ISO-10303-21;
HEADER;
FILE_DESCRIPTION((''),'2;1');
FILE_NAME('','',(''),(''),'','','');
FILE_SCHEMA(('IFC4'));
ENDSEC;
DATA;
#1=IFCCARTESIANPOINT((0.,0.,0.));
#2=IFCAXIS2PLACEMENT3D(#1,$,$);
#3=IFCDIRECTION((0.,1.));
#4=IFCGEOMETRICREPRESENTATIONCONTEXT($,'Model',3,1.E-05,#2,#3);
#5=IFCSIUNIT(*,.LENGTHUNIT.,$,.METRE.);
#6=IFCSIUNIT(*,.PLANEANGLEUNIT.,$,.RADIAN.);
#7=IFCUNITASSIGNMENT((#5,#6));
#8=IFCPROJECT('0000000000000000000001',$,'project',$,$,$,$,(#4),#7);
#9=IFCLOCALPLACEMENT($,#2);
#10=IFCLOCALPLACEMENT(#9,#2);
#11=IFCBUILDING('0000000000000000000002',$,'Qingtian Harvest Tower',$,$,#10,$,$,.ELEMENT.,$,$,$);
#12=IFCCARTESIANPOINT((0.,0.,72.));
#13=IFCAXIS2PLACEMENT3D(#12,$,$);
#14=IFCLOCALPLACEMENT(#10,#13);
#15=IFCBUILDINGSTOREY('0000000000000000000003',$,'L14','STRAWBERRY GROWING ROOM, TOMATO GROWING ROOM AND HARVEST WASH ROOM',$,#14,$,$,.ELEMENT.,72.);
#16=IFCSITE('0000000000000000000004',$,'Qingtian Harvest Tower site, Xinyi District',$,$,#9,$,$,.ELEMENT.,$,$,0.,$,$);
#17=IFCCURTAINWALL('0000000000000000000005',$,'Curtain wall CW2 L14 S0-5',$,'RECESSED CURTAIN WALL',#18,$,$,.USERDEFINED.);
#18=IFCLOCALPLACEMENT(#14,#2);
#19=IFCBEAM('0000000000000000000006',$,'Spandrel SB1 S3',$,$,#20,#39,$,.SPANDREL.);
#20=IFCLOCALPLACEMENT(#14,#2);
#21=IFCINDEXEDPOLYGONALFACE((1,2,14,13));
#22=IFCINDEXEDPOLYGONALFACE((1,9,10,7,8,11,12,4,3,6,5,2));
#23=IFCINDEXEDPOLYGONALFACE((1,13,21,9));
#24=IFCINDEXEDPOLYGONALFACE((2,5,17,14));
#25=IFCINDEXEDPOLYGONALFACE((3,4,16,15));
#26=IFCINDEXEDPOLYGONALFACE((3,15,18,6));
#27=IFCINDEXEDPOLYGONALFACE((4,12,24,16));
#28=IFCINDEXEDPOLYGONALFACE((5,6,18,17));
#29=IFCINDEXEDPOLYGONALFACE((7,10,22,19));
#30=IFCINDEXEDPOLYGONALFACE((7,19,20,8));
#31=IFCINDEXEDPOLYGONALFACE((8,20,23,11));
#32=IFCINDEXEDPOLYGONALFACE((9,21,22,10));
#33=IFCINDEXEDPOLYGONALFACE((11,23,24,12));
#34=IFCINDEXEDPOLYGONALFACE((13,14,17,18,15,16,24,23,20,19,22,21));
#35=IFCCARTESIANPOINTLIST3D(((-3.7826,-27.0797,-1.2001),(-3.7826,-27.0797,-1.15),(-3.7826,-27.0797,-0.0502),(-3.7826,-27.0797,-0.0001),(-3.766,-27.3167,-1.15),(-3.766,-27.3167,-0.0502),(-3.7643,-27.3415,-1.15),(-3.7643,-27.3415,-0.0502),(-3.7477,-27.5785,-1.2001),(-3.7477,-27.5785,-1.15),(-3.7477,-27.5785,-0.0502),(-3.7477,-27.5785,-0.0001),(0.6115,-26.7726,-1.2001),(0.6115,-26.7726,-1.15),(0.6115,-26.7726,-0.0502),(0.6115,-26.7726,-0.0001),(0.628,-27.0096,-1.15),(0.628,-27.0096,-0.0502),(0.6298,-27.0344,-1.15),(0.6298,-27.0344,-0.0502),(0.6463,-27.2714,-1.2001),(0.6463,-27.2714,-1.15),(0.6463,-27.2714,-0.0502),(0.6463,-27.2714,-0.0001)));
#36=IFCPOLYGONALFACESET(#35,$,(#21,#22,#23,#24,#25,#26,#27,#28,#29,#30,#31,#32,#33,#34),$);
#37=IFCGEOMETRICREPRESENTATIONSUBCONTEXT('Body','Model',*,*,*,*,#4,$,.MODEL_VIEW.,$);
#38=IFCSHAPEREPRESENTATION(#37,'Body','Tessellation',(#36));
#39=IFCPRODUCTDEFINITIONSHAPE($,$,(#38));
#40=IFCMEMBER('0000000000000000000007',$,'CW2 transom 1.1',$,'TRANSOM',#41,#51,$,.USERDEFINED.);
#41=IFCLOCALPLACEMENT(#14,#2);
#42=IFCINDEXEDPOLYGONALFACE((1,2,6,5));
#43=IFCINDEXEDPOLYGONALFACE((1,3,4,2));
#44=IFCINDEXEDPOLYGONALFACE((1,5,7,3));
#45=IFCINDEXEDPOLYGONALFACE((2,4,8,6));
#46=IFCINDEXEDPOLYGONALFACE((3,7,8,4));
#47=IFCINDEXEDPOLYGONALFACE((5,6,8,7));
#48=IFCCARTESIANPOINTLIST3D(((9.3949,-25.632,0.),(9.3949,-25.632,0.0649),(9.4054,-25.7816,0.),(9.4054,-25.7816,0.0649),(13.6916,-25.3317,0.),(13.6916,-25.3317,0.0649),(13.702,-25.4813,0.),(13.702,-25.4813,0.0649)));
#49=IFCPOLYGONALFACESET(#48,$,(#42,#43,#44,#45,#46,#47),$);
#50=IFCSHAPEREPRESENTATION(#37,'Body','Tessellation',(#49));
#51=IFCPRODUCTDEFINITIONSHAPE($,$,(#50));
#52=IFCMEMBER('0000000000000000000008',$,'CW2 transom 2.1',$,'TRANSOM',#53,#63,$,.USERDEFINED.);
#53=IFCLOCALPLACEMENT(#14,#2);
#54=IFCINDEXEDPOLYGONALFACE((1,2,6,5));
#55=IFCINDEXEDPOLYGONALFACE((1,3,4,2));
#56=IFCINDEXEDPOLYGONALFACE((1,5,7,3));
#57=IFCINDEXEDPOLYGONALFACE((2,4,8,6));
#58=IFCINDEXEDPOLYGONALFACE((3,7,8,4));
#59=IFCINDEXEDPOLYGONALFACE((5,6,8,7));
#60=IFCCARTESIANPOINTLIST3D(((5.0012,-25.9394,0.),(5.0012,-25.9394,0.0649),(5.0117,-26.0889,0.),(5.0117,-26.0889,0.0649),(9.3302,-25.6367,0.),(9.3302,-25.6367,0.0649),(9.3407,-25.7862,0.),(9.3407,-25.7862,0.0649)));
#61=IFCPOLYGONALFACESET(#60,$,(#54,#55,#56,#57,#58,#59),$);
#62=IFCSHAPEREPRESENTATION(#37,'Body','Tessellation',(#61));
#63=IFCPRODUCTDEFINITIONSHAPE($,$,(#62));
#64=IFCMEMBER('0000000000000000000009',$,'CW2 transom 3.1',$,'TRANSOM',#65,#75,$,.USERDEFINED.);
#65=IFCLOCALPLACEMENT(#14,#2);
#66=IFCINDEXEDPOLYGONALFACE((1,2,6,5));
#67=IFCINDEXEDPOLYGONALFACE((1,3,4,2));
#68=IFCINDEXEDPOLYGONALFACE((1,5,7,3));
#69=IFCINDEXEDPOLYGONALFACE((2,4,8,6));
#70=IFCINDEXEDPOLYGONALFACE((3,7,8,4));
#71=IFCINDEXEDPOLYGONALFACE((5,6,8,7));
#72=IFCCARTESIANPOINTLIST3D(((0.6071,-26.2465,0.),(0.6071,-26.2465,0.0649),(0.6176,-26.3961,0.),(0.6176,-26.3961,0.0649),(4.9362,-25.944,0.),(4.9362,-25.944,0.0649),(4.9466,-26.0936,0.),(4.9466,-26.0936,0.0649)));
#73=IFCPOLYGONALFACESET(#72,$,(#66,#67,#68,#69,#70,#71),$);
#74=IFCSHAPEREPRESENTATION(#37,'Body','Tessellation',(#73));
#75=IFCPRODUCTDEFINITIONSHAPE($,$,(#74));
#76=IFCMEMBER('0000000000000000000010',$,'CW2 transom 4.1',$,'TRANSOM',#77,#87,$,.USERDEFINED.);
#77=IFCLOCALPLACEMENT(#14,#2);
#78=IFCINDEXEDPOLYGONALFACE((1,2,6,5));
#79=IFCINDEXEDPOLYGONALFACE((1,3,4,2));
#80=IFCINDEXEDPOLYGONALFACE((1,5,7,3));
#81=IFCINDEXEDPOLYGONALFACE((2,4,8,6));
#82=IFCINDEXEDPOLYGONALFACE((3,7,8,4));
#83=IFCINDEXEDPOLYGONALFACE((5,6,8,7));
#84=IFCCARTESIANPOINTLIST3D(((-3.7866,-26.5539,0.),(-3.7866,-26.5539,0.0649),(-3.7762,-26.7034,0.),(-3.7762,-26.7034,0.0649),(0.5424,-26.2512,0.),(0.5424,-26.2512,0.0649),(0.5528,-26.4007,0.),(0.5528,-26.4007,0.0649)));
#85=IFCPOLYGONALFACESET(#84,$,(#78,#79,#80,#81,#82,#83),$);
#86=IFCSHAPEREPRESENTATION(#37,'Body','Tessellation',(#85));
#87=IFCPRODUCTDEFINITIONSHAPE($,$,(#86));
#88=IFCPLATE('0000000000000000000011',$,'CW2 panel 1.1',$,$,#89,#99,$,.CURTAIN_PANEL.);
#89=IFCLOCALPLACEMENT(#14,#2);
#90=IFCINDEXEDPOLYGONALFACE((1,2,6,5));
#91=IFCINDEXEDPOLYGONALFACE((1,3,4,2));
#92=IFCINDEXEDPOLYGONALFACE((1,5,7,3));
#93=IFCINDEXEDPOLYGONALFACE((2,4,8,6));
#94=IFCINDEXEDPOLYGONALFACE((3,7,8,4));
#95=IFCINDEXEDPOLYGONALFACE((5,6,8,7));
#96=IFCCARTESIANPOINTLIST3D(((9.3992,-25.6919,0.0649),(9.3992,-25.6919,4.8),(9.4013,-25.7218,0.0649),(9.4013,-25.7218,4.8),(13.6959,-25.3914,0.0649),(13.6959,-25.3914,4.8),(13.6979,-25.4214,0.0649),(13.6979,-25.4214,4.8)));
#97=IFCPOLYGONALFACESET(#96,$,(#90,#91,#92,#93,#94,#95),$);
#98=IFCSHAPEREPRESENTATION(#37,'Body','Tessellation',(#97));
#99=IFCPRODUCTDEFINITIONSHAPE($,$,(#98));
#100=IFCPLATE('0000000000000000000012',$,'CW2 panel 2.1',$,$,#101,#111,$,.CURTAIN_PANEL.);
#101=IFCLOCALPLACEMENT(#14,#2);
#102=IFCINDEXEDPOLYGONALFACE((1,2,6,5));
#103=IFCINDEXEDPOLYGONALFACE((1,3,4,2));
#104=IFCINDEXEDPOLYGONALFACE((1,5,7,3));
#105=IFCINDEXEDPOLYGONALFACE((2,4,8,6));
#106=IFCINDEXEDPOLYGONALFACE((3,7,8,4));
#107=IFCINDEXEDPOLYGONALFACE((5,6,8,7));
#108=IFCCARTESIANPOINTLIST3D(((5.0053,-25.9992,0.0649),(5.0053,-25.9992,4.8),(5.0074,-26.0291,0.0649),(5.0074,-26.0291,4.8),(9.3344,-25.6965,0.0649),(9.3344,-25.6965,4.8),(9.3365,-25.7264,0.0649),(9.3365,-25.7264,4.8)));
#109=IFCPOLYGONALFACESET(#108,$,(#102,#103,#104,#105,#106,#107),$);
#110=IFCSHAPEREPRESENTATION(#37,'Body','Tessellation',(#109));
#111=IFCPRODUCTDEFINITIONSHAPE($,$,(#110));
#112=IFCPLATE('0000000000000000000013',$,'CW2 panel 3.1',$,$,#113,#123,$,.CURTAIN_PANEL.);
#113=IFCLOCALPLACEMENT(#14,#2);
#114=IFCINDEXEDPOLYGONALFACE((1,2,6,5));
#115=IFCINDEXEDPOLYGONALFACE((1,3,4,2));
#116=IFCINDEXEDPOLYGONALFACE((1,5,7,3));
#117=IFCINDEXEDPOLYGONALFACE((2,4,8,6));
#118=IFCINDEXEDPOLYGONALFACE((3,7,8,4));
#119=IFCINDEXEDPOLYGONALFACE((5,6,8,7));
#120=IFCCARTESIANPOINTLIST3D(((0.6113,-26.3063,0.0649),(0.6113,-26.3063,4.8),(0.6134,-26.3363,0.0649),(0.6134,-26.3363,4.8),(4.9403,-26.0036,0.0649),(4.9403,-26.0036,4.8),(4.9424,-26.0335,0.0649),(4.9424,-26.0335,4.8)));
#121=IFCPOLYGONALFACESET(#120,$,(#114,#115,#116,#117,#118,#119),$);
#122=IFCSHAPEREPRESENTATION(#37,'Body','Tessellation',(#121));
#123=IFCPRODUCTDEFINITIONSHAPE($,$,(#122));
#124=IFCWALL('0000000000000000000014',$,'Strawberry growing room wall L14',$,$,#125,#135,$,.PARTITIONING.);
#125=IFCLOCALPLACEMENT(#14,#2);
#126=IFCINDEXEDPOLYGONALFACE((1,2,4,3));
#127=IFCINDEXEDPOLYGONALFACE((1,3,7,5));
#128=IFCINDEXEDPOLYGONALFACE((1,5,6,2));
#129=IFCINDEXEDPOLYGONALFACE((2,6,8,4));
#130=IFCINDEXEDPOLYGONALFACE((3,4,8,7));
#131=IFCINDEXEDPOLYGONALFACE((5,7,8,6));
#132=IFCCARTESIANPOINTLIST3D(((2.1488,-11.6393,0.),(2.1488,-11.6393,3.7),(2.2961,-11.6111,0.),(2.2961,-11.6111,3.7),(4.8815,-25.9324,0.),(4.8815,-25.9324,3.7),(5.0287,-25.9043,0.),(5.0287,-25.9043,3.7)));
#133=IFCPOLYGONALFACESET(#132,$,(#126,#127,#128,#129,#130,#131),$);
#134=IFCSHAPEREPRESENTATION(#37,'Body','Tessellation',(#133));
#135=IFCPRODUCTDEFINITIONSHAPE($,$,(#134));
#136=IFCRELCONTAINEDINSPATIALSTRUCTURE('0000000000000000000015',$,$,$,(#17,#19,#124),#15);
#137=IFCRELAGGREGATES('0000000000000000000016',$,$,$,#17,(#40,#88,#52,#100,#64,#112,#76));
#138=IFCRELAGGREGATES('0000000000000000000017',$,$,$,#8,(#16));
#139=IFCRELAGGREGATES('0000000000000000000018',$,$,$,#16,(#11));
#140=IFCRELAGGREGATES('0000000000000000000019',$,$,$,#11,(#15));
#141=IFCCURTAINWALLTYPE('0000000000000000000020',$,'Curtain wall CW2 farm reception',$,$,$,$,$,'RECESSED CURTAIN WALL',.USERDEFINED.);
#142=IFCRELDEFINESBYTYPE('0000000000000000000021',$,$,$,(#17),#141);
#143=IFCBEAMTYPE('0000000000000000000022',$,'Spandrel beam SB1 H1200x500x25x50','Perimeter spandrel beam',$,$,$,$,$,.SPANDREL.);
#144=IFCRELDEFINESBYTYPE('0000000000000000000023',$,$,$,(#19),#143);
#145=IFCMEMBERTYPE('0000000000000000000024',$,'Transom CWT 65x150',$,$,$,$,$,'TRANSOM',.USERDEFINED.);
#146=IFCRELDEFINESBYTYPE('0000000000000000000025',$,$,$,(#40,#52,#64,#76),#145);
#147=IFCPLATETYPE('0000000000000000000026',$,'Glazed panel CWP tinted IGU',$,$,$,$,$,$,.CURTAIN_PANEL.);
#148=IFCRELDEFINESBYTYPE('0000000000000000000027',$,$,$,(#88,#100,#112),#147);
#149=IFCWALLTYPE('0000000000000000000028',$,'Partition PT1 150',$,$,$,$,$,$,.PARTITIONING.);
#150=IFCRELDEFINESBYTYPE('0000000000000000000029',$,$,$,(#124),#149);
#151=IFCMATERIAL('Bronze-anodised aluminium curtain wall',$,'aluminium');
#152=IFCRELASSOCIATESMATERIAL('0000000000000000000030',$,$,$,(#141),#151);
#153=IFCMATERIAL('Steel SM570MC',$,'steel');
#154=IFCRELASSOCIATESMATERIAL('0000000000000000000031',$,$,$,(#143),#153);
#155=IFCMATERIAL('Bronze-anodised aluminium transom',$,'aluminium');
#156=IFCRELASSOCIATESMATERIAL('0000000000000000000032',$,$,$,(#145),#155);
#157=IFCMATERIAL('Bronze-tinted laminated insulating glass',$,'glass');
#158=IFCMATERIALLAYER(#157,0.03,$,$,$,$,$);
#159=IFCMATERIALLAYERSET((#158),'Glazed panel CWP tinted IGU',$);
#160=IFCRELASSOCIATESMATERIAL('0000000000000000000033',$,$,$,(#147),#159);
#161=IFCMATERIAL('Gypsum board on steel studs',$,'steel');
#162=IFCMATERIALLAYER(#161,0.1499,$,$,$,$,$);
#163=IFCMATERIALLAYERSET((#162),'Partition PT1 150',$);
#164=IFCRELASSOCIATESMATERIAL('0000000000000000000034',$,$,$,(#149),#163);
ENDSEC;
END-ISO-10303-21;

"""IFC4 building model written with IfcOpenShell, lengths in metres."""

from ifc_helpers import new_model, si_unit, direction, frame, frame_2d, origin, origin_2d, place, context, subcontext, project, spatial, rectangle, i_section, extrude, material, layer, layer_set, material_profile, profile_set, type_object, element, aggregate, save


model = new_model("IFC4")

# Units and contexts
model_context = context("Model", 3, precision=1e-05, world=origin(), true_north=direction((0.0, 1.0)))
body_context = subcontext(model_context, "Body", "Model", "MODEL_VIEW")
ifc_project = project(units=[si_unit("LENGTHUNIT", "METRE"), si_unit("PLANEANGLEUNIT", "RADIAN")], contexts=[model_context])

# Site, building, storey
site_placement = place(None, origin())
site = spatial("IfcSite", under=ifc_project, at=site_placement, Name="Qingtian Harvest Tower site, Xinyi District", CompositionType="ELEMENT", RefElevation=0.0)
building_placement = place(site_placement, origin())
building = spatial("IfcBuilding", under=site, at=building_placement, Name="Qingtian Harvest Tower", CompositionType="ELEMENT")
storey_placement = place(building_placement, frame((0.0, 0.0, 72.0)))
storey = spatial("IfcBuildingStorey", under=building, at=storey_placement, Name="L14", Description="STRAWBERRY GROWING ROOM, TOMATO GROWING ROOM AND HARVEST WASH ROOM", CompositionType="ELEMENT", Elevation=72.0)

# Shared definitions
ifc_material_1 = material(Name="Bronze-anodised aluminium curtain wall", Category="aluminium")
curtain_wall_type = type_object("IfcCurtainWallType", Name="Curtain wall CW2 farm reception", ElementType="RECESSED CURTAIN WALL", PredefinedType="USERDEFINED", material=ifc_material_1)

# Curtain wall
curtain_wall_1_placement = place(storey_placement, origin())
curtain_wall_1 = element("IfcCurtainWall", 1, at=curtain_wall_1_placement, inside=storey, type_object=curtain_wall_type, Name="Curtain wall CW2 L14 S0-5", ObjectType="RECESSED CURTAIN WALL", PredefinedType="USERDEFINED")

# Beam
ifc_material_2 = material(Name="Steel SM570MC", Category="steel")
ifc_material_profile_1 = material_profile(ifc_material_2, i_section(OverallWidth=0.5, OverallDepth=1.2, WebThickness=0.0249, FlangeThickness=0.05, at=origin_2d()), Name="H1200x500x25x50")
ifc_profile_set_1 = profile_set([ifc_material_profile_1], Name="Steel SM570MC")
beam_type_1 = type_object("IfcBeamType", Name="Spandrel beam SB1 H1200x500x25x50", Description="Perimeter spandrel beam", PredefinedType="SPANDREL", material=ifc_profile_set_1)
beam_1_placement = place(storey_placement, frame((0.6289, -27.022, -0.6001), z_axis=(-0.997566, -0.069727, 0.0), x_axis=(0.069727, -0.997566, 0.0)))
element("IfcBeam", 2, at=beam_1_placement, inside=storey, type_object=beam_type_1, Name="Spandrel SB1 S3", PredefinedType="SPANDREL", context=body_context, shape_type="SweptSolid", body=[
    extrude(i_section(OverallWidth=0.5, OverallDepth=1.2, WebThickness=0.0249, FlangeThickness=0.05, at=origin_2d()), origin(), (0.0, 0.0, 1.0), 4.4048),
])

# Members
ifc_material_3 = material(Name="Bronze-anodised aluminium transom", Category="aluminium")
ifc_material_profile_2 = material_profile(ifc_material_3, rectangle(XDim=0.1499, YDim=0.0649, at=origin_2d()), Name="AL 65x150")
ifc_profile_set_2 = profile_set([ifc_material_profile_2], Name="Bronze-anodised aluminium transom")
member_type_1 = type_object("IfcMemberType", Name="Transom CWT 65x150", ElementType="TRANSOM", PredefinedType="USERDEFINED", material=ifc_profile_set_2)
member_1_placement = place(storey_placement, frame((13.6968, -25.4065, 0.0325), z_axis=(-0.997567, -0.06972, 0.0), x_axis=(0.06972, -0.997567, 0.0)))
member_1 = element("IfcMember", 3, at=member_1_placement, type_object=member_type_1, Name="CW2 transom 1.1", ObjectType="TRANSOM", PredefinedType="USERDEFINED", context=body_context, shape_type="SweptSolid", body=[
    extrude(rectangle(XDim=0.1499, YDim=0.0649, at=origin_2d()), origin(), (0.0, 0.0, 1.0), 4.3071),
])
member_2_placement = place(storey_placement, frame((9.3354, -25.7114, 0.0325), z_axis=(-0.997564, -0.06976, 0.0), x_axis=(0.06976, -0.997564, 0.0)))
member_2 = element("IfcMember", 4, at=member_2_placement, type_object=member_type_1, Name="CW2 transom 2.1", ObjectType="TRANSOM", PredefinedType="USERDEFINED", context=body_context, shape_type="SweptSolid", body=[
    extrude(rectangle(XDim=0.1499, YDim=0.0649, at=origin_2d()), origin(), (0.0, 0.0, 1.0), 4.3396),
])
member_3_placement = place(storey_placement, frame((4.9414, -26.0188, 0.0325), z_axis=(-0.997568, -0.069704, 0.0), x_axis=(0.069704, -0.997568, 0.0)))
member_3 = element("IfcMember", 5, at=member_3_placement, type_object=member_type_1, Name="CW2 transom 3.1", ObjectType="TRANSOM", PredefinedType="USERDEFINED", context=body_context, shape_type="SweptSolid", body=[
    extrude(rectangle(XDim=0.1499, YDim=0.0649, at=origin_2d()), origin(), (0.0, 0.0, 1.0), 4.3396),
])
member_4_placement = place(storey_placement, frame((0.5476, -26.3259, 0.0325), z_axis=(-0.997564, -0.06976, 0.0), x_axis=(0.06976, -0.997564, 0.0)))
member_4 = element("IfcMember", 6, at=member_4_placement, type_object=member_type_1, Name="CW2 transom 4.1", ObjectType="TRANSOM", PredefinedType="USERDEFINED", context=body_context, shape_type="SweptSolid", body=[
    extrude(rectangle(XDim=0.1499, YDim=0.0649, at=origin_2d()), origin(), (0.0, 0.0, 1.0), 4.3396),
])

# Plates
ifc_material_4 = material(Name="Bronze-tinted laminated insulating glass", Category="glass")
ifc_layer_1 = layer(ifc_material_4, 0.03)
ifc_layer_set_1 = layer_set([ifc_layer_1], Name="Glazed panel CWP tinted IGU")
plate_type = type_object("IfcPlateType", Name="Glazed panel CWP tinted IGU", PredefinedType="CURTAIN_PANEL", material=ifc_layer_set_1)
plate_1_placement = place(storey_placement, frame((11.5486, -25.5566, 0.0649), z_axis=(0.0, 0.0, 1.0), x_axis=(-0.997564, -0.069756, 0.0)))
plate_1 = element("IfcPlate", 7, at=plate_1_placement, type_object=plate_type, Name="CW2 panel 1.1", PredefinedType="CURTAIN_PANEL", context=body_context, shape_type="SweptSolid", body=[
    extrude(rectangle(XDim=4.3071, YDim=0.03, at=origin_2d()), origin(), (0.0, 0.0, 1.0), 4.7351),
])
plate_2_placement = place(storey_placement, frame((7.1709, -25.8628, 0.0649), z_axis=(0.0, 0.0, 1.0), x_axis=(-0.997564, -0.069756, 0.0)))
plate_2 = element("IfcPlate", 8, at=plate_2_placement, type_object=plate_type, Name="CW2 panel 2.1", PredefinedType="CURTAIN_PANEL", context=body_context, shape_type="SweptSolid", body=[
    extrude(rectangle(XDim=4.3396, YDim=0.03, at=origin_2d()), origin(), (0.0, 0.0, 1.0), 4.7351),
])
plate_3_placement = place(storey_placement, frame((2.7769, -26.1699, 0.0649), z_axis=(0.0, 0.0, 1.0), x_axis=(-0.997564, -0.069756, 0.0)))
plate_3 = element("IfcPlate", 9, at=plate_3_placement, type_object=plate_type, Name="CW2 panel 3.1", PredefinedType="CURTAIN_PANEL", context=body_context, shape_type="SweptSolid", body=[
    extrude(rectangle(XDim=4.3396, YDim=0.03, at=origin_2d()), origin(), (0.0, 0.0, 1.0), 4.7351),
])
aggregate(curtain_wall_1, [member_1, plate_1, member_2, plate_2, member_3, plate_3, member_4])

# Wall
ifc_material_5 = material(Name="Gypsum board on steel studs", Category="steel")
ifc_layer_2 = layer(ifc_material_5, 0.1499)
ifc_layer_set_2 = layer_set([ifc_layer_2], Name="Partition PT1 150")
wall_type = type_object("IfcWallType", Name="Partition PT1 150", PredefinedType="PARTITIONING", material=ifc_layer_set_2)
wall_1_placement = place(storey_placement, frame((4.9551, -25.9182, 0.0), z_axis=(0.0, 0.0, 1.0), x_axis=(-0.187785, 0.98221, 0.0)))
element("IfcWall", 10, at=wall_1_placement, inside=storey, type_object=wall_type, Name="Strawberry growing room wall L14", PredefinedType="PARTITIONING", context=body_context, shape_type="SweptSolid", body=[
    extrude(rectangle(XDim=14.552, YDim=0.1499, at=frame_2d((7.2759, 0.0))), origin(), (0.0, 0.0, 1.0), 3.7),
])

save(model, "model.ifc")
